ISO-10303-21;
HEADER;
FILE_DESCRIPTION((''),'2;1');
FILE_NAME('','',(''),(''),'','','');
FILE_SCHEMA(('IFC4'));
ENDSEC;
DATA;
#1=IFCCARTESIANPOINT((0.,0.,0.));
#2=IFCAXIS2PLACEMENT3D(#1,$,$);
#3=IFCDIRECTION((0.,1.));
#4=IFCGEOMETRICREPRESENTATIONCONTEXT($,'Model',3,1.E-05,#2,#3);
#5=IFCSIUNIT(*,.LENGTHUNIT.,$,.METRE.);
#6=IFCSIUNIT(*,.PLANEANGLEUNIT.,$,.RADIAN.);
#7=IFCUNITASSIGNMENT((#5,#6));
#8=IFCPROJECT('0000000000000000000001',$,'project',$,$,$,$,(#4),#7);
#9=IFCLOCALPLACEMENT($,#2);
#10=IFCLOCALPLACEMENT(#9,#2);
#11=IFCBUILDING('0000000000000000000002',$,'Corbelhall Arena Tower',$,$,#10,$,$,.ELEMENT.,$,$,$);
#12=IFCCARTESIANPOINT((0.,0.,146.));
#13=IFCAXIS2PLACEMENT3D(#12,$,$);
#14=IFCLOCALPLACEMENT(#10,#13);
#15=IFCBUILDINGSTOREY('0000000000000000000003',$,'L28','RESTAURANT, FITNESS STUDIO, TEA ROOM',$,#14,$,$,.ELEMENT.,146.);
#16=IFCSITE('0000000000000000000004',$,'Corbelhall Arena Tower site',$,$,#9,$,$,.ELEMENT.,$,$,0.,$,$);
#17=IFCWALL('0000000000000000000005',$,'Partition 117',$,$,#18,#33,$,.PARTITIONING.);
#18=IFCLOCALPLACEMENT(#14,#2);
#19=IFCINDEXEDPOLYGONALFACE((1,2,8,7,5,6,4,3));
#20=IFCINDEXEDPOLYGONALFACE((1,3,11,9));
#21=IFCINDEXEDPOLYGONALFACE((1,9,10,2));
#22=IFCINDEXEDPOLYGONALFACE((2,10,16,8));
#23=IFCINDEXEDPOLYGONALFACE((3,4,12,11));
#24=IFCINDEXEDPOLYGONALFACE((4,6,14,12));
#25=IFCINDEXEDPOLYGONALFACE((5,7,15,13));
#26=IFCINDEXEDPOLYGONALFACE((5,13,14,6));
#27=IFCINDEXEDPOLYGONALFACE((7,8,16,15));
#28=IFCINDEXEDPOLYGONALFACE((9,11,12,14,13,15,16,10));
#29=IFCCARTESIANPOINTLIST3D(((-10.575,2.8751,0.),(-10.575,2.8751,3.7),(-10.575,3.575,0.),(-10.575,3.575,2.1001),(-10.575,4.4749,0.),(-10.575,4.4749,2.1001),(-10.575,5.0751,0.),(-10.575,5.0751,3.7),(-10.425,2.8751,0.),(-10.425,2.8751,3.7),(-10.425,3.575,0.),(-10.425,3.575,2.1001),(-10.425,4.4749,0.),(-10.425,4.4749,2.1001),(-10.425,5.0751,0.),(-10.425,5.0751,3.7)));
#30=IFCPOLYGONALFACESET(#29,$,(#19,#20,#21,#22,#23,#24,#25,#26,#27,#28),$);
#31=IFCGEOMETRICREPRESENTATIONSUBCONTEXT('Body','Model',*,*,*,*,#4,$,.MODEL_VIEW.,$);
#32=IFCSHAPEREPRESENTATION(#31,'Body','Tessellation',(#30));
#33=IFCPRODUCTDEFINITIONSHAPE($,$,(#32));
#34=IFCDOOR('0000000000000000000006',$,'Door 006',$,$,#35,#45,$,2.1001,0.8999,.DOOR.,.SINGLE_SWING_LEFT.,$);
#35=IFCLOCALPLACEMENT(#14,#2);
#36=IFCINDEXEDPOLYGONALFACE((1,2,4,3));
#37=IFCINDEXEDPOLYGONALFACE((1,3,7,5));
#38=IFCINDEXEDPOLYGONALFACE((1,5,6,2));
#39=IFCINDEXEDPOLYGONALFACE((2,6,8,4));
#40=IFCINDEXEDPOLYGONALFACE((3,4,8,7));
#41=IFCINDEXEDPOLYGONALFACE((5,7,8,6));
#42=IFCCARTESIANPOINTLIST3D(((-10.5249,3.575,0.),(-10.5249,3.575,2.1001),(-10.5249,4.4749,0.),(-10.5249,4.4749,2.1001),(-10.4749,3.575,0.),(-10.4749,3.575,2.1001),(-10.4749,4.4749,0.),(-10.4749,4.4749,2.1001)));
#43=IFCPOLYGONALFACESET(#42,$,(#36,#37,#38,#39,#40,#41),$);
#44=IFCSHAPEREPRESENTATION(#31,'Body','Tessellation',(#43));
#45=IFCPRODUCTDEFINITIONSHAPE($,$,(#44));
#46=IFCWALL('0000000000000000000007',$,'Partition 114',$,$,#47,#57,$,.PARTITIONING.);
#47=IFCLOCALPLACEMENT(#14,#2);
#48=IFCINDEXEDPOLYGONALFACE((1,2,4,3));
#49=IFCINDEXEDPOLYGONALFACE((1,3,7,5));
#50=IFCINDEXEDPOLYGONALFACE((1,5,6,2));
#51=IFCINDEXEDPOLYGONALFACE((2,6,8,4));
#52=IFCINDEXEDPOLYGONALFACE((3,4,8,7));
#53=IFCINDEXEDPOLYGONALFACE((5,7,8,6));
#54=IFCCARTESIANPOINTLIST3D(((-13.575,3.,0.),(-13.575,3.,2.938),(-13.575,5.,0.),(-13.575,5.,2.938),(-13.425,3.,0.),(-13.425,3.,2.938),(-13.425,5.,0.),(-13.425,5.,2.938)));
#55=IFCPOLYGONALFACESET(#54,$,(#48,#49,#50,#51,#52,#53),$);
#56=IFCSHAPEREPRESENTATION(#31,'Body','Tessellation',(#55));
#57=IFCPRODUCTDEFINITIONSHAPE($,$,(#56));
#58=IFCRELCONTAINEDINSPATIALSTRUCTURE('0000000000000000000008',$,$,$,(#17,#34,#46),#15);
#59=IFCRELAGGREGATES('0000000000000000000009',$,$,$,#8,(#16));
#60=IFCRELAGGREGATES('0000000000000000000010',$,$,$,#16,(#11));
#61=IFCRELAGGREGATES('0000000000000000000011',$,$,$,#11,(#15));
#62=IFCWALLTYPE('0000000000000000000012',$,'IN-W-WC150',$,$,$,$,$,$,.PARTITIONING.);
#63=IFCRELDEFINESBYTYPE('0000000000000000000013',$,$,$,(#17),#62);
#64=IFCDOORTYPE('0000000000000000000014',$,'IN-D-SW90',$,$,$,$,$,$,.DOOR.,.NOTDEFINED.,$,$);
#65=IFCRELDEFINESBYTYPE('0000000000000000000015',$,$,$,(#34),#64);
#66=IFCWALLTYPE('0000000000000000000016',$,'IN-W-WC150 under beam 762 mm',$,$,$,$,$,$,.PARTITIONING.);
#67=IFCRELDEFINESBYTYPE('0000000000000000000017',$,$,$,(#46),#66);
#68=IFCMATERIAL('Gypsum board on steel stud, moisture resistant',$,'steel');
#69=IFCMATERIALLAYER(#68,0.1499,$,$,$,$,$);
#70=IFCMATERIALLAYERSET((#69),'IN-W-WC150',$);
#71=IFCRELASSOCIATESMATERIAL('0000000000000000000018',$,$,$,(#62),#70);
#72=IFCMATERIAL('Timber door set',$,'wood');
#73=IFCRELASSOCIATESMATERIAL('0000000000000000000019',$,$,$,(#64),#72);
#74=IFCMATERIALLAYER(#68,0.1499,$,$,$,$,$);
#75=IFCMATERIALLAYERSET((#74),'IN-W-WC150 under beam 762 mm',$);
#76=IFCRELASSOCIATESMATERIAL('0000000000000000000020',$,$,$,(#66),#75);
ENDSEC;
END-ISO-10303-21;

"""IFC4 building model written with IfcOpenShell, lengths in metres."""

from ifc_helpers import new_model, si_unit, direction, frame, frame_2d, origin, place, context, subcontext, project, spatial, rectangle, extrude, material, layer, layer_set, type_object, element, fill, save


model = new_model("IFC4")

# Units and contexts
model_context = context("Model", 3, precision=1e-05, world=origin(), true_north=direction((0.0, 1.0)))
body_context = subcontext(model_context, "Body", "Model", "MODEL_VIEW")
ifc_project = project(units=[si_unit("LENGTHUNIT", "METRE"), si_unit("PLANEANGLEUNIT", "RADIAN")], contexts=[model_context])

# Site, building, storey
site_placement = place(None, origin())
site = spatial("IfcSite", under=ifc_project, at=site_placement, Name="Corbelhall Arena Tower site", CompositionType="ELEMENT", RefElevation=0.0)
building_placement = place(site_placement, origin())
building = spatial("IfcBuilding", under=site, at=building_placement, Name="Corbelhall Arena Tower", CompositionType="ELEMENT")
storey_placement = place(building_placement, frame((0.0, 0.0, 146.0)))
storey = spatial("IfcBuildingStorey", under=building, at=storey_placement, Name="L28", Description="RESTAURANT, FITNESS STUDIO, TEA ROOM", CompositionType="ELEMENT", Elevation=146.0)

# Shared definitions
ifc_material_1 = material(Name="Gypsum board on steel stud, moisture resistant", Category="steel")
ifc_layer_1 = layer(ifc_material_1, 0.1499)
ifc_layer_set_1 = layer_set([ifc_layer_1], Name="IN-W-WC150")
wall_type_1 = type_object("IfcWallType", Name="IN-W-WC150", PredefinedType="PARTITIONING", material=ifc_layer_set_1)

# Wall, opening, door
wall_1_placement = place(storey_placement, frame((-10.5, 2.875, 0.0), z_axis=(0.0, 0.0, 1.0), x_axis=(0.0, 1.0, 0.0)))
wall_1 = element("IfcWall", 1, at=wall_1_placement, inside=storey, type_object=wall_type_1, Name="Partition 117", PredefinedType="PARTITIONING", context=body_context, shape_type="SweptSolid", body=[
    extrude(rectangle(XDim=2.2, YDim=0.1499, at=frame_2d((1.1001, 0.0))), origin(), (0.0, 0.0, 1.0), 3.7),
])
opening_1_placement = place(wall_1_placement, frame((0.7, 0.0, 0.0)))
opening_1 = element("IfcOpeningElement", 2, at=opening_1_placement, cuts=wall_1, PredefinedType="OPENING", context=body_context, shape_type="SweptSolid", body=[
    extrude(rectangle(XDim=0.8999, YDim=2.1001, at=frame_2d((0.45, 1.05))), frame((0.0, 0.075, 0.0), z_axis=(0.0, -1.0, 0.0), x_axis=(1.0, 0.0, 0.0)), (0.0, 0.0, 1.0), 0.1499),
])
ifc_material_2 = material(Name="Timber door set", Category="wood")
door_type_1 = type_object("IfcDoorType", Name="IN-D-SW90", OperationType="NOTDEFINED", PredefinedType="DOOR", material=ifc_material_2)
door_1_placement = place(opening_1_placement, origin())
door_1 = element("IfcDoor", 3, at=door_1_placement, inside=storey, type_object=door_type_1, Name="Door 006", OperationType="SINGLE_SWING_LEFT", OverallHeight=2.1001, OverallWidth=0.8999, PredefinedType="DOOR", context=body_context, shape_type="SweptSolid", body=[
    extrude(rectangle(XDim=0.8999, YDim=2.1001, at=frame_2d((0.45, 1.05))), frame((0.0, 0.0249, 0.0), z_axis=(0.0, -1.0, 0.0), x_axis=(1.0, 0.0, 0.0)), (0.0, 0.0, 1.0), 0.05),
])
fill(opening_1, door_1)

# Wall
ifc_layer_2 = layer(ifc_material_1, 0.1499)
ifc_layer_set_2 = layer_set([ifc_layer_2], Name="IN-W-WC150 under beam 762 mm")
wall_type_2 = type_object("IfcWallType", Name="IN-W-WC150 under beam 762 mm", PredefinedType="PARTITIONING", material=ifc_layer_set_2)
wall_2_placement = place(storey_placement, frame((-13.5, 3.0, 0.0), z_axis=(0.0, 0.0, 1.0), x_axis=(0.0, 1.0, 0.0)))
element("IfcWall", 4, at=wall_2_placement, inside=storey, type_object=wall_type_2, Name="Partition 114", PredefinedType="PARTITIONING", context=body_context, shape_type="SweptSolid", body=[
    extrude(rectangle(XDim=2.0, YDim=0.1499, at=frame_2d((1.0, 0.0))), origin(), (0.0, 0.0, 1.0), 2.938),
])

save(model, "model.ifc")
